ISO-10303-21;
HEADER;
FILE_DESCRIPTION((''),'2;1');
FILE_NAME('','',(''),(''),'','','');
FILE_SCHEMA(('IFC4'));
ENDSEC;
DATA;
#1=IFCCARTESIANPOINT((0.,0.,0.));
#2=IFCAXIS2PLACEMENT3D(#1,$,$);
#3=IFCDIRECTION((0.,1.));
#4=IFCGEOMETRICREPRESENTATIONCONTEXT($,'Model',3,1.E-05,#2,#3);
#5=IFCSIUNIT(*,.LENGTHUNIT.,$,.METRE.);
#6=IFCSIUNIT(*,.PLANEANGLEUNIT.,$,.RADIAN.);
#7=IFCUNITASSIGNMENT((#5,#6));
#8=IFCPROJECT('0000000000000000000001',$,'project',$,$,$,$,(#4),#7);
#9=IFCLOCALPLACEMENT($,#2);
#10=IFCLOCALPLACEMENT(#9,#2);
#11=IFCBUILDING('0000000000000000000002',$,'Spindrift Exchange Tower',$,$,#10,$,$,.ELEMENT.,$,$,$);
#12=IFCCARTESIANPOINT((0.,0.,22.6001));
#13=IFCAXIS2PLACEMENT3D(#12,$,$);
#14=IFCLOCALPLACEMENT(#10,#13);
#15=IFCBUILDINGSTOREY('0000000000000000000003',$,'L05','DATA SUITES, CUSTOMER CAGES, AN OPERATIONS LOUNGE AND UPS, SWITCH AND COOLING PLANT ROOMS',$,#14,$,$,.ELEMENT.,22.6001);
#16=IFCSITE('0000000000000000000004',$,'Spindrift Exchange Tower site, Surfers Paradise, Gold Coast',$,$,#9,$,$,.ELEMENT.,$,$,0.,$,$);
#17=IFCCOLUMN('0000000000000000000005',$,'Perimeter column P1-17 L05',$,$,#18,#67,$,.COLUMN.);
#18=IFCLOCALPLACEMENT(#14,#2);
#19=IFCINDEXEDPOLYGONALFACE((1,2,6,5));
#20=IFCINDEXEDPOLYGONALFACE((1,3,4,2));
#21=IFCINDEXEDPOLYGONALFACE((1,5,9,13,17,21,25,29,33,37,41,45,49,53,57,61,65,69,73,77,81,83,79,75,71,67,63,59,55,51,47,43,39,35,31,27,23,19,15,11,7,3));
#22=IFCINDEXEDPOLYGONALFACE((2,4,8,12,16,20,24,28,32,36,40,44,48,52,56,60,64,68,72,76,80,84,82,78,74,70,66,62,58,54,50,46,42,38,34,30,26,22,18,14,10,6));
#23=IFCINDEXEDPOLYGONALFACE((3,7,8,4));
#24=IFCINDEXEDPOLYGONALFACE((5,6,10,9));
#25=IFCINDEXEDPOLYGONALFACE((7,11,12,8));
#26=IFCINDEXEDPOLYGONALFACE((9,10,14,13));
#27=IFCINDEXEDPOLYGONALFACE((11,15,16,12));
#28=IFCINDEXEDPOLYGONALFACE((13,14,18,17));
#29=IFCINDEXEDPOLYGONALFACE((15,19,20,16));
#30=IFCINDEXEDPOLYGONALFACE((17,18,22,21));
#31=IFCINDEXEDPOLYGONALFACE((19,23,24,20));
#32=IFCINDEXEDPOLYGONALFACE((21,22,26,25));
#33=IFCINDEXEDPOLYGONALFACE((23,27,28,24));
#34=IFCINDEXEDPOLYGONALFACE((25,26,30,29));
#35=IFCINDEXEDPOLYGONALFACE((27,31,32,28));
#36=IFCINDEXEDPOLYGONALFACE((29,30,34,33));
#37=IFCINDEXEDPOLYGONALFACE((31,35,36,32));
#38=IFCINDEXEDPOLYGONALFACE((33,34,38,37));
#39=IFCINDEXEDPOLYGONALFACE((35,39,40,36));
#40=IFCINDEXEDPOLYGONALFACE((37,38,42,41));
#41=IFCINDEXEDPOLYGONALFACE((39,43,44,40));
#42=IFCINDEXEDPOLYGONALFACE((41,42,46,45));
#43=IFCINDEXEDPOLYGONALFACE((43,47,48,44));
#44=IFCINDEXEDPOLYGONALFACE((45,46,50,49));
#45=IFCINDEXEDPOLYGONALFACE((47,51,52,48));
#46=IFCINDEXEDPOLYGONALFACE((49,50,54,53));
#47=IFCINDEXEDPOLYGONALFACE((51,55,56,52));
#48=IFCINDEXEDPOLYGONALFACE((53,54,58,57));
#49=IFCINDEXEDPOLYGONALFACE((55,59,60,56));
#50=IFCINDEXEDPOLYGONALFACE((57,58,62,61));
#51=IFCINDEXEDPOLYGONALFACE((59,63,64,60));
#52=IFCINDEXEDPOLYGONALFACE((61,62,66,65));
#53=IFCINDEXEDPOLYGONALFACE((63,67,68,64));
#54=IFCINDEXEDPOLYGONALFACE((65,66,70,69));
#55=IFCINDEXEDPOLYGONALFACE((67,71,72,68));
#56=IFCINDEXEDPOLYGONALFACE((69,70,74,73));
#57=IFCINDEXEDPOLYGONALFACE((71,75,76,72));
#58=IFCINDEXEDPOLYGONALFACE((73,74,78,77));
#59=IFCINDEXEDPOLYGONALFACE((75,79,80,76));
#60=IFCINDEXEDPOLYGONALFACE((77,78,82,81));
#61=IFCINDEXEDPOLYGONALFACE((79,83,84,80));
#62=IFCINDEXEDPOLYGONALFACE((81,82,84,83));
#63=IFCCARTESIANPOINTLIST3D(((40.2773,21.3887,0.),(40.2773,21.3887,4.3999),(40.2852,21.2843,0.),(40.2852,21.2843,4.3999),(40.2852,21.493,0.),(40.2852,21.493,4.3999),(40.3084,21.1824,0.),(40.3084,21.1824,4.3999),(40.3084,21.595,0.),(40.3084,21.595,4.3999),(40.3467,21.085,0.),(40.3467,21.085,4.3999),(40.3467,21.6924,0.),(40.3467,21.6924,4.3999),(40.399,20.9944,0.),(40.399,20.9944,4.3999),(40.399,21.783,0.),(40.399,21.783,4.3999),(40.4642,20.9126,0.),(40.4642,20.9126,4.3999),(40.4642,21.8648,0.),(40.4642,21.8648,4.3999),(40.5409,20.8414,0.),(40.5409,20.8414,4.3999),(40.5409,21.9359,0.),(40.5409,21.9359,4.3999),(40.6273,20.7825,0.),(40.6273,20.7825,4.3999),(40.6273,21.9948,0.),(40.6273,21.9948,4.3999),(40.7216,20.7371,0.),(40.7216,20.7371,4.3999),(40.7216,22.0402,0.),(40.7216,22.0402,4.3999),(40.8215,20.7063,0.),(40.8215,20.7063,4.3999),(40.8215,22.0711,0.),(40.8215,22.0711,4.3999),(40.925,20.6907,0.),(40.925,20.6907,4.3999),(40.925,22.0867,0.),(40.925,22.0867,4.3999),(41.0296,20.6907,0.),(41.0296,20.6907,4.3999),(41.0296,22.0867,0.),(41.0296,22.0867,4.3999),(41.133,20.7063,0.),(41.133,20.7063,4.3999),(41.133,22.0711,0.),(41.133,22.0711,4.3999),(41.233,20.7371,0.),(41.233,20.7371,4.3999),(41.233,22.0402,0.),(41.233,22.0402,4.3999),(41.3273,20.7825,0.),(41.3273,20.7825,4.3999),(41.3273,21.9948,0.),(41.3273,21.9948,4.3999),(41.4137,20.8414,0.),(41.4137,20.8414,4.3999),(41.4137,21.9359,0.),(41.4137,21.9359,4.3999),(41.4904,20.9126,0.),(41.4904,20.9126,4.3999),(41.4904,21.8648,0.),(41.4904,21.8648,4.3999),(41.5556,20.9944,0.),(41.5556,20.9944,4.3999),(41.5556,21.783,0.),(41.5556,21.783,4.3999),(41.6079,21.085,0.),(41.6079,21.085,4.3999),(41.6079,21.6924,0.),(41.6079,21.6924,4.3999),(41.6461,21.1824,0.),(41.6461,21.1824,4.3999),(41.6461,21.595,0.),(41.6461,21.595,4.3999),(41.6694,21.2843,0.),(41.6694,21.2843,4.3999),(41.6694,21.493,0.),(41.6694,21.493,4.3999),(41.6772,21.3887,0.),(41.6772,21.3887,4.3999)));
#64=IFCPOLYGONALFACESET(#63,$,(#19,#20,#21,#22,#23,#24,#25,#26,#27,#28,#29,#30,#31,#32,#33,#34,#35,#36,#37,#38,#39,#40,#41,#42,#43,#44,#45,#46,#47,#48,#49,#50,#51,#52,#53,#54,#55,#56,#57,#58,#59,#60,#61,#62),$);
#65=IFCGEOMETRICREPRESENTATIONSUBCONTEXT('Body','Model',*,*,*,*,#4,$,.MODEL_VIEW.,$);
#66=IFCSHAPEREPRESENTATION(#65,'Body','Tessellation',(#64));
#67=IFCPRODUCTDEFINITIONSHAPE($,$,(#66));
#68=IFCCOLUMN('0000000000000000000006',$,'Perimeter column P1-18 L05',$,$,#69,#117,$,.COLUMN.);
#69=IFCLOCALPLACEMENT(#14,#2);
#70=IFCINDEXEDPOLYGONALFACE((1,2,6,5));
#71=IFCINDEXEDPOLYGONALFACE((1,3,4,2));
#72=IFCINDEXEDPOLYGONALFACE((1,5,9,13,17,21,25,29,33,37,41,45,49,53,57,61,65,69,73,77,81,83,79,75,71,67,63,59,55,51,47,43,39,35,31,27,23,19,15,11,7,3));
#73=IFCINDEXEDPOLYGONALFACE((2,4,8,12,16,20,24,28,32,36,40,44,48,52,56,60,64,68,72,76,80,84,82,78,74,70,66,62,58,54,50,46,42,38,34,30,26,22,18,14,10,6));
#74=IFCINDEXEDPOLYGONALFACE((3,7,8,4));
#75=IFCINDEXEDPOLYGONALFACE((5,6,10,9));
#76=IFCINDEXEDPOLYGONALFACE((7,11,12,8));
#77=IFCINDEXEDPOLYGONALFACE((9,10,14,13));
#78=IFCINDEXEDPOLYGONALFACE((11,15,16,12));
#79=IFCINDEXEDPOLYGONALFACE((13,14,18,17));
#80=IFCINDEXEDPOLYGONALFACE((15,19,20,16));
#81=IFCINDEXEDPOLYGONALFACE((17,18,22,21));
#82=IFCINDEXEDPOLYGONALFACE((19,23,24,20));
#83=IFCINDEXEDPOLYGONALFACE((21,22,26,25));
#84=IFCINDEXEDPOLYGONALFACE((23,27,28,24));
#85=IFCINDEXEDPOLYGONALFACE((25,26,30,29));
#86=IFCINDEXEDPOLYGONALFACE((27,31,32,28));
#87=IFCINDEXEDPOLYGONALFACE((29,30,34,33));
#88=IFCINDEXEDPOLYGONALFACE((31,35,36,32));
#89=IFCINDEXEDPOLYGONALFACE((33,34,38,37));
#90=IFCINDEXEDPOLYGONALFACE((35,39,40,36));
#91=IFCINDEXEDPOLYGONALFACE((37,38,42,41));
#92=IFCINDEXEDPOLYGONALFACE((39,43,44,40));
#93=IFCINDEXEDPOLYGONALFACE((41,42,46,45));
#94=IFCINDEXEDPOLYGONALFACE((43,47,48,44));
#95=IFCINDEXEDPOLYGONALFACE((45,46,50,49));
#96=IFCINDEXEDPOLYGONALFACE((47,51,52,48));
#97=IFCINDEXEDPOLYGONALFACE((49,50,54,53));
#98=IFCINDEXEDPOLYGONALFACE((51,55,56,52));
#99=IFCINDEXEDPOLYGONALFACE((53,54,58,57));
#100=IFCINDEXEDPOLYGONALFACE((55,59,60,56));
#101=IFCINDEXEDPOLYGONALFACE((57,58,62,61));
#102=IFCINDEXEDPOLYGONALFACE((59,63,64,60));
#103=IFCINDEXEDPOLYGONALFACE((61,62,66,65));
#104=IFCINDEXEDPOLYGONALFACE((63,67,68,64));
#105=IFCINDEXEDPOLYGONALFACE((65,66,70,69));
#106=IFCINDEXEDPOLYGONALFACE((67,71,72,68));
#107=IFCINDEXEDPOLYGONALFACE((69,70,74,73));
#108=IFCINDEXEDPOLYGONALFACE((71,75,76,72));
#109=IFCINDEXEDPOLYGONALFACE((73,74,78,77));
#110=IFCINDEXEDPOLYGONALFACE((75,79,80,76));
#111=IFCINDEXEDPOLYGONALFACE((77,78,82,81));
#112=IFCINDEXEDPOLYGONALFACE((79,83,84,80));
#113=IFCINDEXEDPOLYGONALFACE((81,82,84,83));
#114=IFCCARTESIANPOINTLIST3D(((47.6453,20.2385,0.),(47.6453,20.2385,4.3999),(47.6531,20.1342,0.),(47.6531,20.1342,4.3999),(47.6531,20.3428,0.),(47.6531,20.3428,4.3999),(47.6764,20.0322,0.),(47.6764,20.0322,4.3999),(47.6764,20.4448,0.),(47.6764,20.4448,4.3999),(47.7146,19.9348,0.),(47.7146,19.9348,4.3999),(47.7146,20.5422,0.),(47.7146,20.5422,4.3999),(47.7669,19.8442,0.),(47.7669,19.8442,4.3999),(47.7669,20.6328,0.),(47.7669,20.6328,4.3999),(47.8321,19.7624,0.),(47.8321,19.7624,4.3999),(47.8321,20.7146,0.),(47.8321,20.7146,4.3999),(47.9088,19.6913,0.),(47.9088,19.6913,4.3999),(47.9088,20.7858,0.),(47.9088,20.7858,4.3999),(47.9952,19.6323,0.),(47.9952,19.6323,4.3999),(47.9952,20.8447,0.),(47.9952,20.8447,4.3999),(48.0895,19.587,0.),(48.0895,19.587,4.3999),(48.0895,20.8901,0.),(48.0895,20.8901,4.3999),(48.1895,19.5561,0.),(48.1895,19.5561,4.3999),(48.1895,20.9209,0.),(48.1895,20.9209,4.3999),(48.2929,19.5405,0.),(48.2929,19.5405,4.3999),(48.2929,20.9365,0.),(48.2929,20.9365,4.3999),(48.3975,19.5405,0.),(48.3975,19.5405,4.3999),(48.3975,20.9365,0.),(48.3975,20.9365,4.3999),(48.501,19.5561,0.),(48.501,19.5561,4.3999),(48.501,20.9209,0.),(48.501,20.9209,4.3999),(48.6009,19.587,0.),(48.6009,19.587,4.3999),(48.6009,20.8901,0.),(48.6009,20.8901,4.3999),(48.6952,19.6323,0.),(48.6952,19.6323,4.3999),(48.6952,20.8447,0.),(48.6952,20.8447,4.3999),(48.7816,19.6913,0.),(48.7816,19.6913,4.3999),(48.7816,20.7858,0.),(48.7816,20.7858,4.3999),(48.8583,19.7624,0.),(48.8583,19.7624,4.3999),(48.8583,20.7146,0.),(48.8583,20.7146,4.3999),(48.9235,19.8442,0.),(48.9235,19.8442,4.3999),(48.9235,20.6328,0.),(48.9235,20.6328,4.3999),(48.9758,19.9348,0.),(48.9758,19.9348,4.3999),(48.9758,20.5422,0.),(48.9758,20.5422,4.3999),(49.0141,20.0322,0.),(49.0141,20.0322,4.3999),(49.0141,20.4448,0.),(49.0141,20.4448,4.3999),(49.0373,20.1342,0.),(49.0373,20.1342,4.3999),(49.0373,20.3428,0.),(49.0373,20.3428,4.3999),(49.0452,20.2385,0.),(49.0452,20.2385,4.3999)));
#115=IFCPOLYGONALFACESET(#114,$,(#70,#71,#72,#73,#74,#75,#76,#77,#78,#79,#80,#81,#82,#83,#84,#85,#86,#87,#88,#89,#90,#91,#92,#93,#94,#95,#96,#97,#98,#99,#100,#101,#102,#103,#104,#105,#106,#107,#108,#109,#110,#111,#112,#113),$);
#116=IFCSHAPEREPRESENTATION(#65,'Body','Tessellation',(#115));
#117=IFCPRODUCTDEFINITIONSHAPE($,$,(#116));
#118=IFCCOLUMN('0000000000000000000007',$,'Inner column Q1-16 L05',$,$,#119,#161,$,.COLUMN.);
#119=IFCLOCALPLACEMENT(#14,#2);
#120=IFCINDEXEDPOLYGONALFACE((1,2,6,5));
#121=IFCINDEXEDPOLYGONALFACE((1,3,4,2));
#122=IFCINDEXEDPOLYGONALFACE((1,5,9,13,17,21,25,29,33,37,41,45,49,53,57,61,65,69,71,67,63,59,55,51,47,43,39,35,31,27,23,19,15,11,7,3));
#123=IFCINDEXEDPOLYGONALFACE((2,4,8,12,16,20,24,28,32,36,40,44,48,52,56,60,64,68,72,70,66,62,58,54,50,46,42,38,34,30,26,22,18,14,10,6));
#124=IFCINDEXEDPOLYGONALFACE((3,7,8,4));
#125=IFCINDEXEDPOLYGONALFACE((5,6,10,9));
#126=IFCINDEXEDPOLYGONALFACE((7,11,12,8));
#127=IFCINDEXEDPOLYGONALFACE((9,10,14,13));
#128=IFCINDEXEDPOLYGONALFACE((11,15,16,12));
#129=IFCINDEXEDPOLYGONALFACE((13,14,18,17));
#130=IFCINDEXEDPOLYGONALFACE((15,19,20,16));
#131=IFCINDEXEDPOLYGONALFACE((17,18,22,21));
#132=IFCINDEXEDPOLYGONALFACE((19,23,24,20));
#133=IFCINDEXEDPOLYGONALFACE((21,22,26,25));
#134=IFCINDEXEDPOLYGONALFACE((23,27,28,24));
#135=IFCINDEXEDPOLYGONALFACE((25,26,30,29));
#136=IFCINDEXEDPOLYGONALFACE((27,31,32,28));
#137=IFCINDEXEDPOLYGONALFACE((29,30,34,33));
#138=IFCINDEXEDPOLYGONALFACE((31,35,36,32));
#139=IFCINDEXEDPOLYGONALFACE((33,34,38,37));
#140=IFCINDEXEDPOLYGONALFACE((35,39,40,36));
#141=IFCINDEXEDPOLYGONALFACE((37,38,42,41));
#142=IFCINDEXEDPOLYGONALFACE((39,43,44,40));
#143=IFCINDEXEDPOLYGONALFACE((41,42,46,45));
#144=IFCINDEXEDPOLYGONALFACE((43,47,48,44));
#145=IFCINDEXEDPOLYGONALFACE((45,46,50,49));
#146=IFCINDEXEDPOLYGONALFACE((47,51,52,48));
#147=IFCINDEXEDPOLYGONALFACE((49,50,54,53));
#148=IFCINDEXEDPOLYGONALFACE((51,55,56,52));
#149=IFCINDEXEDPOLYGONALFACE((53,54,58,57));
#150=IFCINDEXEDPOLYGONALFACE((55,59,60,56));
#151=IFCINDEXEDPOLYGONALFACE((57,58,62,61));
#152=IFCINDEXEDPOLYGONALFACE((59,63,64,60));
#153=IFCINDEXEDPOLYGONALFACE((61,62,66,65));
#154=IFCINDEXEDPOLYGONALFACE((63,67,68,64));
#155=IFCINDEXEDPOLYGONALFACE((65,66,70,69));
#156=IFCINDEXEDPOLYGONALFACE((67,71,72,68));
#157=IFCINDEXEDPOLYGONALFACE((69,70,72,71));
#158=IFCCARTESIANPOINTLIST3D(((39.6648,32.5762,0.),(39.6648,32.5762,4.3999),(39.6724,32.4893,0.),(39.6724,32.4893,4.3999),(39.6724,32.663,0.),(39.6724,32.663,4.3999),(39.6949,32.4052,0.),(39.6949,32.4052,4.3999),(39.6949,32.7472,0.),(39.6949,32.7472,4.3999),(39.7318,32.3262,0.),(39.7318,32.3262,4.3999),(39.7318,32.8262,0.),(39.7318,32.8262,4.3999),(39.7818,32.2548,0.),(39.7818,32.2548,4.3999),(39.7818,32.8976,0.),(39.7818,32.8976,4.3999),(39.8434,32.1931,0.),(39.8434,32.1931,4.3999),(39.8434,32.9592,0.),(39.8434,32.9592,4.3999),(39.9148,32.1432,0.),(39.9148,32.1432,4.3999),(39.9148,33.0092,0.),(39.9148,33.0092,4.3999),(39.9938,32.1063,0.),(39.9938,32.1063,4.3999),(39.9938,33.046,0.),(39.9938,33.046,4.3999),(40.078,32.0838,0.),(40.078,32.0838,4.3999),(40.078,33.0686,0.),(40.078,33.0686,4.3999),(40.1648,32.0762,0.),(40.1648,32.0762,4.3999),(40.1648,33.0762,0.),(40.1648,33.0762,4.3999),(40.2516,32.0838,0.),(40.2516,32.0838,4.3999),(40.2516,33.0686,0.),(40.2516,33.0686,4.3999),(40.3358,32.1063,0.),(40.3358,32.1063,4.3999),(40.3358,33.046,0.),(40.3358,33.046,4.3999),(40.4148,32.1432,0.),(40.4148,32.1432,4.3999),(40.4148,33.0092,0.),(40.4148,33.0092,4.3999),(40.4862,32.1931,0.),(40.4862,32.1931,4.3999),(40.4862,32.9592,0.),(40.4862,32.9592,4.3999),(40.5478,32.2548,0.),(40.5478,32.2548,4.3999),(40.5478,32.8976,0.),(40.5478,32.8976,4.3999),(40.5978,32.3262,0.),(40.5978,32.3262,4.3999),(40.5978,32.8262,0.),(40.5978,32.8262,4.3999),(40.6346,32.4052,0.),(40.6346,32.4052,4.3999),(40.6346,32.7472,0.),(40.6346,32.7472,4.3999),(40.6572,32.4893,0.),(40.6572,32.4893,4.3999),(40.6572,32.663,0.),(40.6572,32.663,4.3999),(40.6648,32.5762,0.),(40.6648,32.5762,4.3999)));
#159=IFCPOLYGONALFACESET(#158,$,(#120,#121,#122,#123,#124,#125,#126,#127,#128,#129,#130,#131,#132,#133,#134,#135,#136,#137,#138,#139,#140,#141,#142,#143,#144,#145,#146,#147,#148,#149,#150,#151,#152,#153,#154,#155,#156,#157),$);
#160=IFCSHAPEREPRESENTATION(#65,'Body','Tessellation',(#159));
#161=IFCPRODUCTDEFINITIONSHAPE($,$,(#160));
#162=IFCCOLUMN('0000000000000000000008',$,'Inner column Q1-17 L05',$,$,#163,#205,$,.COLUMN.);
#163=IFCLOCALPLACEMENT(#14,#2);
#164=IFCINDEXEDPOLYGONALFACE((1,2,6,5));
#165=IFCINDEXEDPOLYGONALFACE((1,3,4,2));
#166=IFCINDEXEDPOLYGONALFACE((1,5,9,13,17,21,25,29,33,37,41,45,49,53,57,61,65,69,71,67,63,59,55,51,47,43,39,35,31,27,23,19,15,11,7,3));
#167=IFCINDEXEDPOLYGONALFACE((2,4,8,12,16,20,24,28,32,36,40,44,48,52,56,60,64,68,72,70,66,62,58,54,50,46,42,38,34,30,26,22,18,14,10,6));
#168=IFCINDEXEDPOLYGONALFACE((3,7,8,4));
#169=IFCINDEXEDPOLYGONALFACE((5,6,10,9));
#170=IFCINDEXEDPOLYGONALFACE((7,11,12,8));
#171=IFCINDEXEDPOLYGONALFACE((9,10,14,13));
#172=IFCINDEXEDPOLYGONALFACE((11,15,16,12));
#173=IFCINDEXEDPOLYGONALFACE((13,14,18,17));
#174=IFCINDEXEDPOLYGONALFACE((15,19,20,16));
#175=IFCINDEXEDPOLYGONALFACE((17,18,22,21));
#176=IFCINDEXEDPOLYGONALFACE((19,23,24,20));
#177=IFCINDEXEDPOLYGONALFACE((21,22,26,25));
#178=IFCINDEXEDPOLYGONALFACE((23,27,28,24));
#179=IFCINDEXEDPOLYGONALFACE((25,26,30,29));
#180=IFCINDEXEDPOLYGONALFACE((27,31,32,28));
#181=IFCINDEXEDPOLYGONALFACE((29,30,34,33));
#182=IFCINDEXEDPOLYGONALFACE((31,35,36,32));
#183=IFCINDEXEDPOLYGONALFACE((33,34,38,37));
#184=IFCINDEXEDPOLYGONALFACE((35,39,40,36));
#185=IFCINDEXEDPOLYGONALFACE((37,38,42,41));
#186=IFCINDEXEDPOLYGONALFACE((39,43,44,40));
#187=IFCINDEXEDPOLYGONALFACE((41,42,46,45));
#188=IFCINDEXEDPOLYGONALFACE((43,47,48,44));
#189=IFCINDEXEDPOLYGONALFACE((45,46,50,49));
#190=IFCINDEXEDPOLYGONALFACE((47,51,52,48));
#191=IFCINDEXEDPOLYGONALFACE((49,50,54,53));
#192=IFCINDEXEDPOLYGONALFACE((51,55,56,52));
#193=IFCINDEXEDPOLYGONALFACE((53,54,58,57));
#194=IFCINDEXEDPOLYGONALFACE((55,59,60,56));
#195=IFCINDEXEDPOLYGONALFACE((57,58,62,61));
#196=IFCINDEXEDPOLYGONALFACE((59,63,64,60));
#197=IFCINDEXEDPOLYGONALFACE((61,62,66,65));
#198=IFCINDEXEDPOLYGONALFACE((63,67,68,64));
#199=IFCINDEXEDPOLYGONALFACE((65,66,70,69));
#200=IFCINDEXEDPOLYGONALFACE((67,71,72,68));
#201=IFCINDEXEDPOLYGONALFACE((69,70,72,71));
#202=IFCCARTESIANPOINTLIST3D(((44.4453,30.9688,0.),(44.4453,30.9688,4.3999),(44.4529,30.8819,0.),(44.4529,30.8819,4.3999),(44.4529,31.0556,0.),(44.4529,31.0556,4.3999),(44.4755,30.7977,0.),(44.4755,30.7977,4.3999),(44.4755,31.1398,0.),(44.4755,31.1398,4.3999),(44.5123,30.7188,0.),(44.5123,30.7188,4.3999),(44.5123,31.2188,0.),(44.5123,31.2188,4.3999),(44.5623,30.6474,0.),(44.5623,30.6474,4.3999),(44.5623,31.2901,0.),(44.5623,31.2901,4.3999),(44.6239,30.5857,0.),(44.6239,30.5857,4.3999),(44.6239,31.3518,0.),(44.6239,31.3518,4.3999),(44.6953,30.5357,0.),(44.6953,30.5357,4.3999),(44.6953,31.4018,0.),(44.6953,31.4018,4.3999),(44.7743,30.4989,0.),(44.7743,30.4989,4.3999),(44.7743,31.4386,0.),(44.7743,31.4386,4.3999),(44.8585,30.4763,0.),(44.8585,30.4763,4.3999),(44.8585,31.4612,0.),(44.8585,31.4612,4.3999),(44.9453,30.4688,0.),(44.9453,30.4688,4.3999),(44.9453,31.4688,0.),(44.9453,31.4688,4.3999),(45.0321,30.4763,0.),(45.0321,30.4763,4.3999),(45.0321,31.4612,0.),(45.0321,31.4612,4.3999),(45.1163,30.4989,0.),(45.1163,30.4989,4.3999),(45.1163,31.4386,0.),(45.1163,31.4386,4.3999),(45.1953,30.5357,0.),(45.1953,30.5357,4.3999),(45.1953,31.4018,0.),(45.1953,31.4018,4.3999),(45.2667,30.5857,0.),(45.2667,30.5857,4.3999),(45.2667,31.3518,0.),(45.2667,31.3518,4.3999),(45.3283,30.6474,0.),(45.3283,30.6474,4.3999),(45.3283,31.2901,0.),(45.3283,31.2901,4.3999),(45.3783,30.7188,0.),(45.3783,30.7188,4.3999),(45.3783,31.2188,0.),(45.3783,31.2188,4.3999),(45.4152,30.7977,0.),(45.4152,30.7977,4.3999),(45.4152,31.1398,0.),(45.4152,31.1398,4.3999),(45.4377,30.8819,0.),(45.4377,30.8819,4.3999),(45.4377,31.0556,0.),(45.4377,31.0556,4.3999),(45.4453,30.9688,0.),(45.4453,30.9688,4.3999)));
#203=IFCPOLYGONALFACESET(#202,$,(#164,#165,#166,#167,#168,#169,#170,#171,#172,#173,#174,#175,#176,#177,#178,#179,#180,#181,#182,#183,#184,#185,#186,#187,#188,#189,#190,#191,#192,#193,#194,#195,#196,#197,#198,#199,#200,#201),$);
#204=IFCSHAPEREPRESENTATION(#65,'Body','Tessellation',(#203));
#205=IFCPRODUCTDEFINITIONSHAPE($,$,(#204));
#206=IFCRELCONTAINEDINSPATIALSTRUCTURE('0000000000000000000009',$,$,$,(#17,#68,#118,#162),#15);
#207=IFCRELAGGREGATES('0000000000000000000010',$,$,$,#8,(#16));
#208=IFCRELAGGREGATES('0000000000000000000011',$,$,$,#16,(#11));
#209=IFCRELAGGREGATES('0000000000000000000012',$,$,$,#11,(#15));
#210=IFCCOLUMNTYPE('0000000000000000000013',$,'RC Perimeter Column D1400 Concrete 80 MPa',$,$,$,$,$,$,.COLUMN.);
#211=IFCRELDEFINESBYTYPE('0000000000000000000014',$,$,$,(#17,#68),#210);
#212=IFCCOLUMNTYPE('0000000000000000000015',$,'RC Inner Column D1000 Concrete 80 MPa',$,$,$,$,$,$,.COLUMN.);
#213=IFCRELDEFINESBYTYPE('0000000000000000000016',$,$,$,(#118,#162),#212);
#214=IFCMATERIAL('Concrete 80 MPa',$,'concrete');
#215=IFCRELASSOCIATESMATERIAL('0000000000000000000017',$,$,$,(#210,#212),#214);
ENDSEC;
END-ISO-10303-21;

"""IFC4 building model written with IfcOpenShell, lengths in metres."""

from ifc_helpers import new_model, si_unit, direction, frame, origin, origin_2d, place, context, subcontext, project, spatial, circle, extrude, source, transform, mapped, material, material_profile, profile_set, type_object, element, save


model = new_model("IFC4")

# Units and contexts
model_context = context("Model", 3, precision=1e-05, world=origin(), true_north=direction((0.0, 1.0)))
body_context = subcontext(model_context, "Body", "Model", "MODEL_VIEW")
ifc_project = project(units=[si_unit("LENGTHUNIT", "METRE"), si_unit("PLANEANGLEUNIT", "RADIAN")], contexts=[model_context])

# Site, building, storey
site_placement = place(None, origin())
site = spatial("IfcSite", under=ifc_project, at=site_placement, Name="Spindrift Exchange Tower site, Surfers Paradise, Gold Coast", CompositionType="ELEMENT", RefElevation=0.0)
building_placement = place(site_placement, origin())
building = spatial("IfcBuilding", under=site, at=building_placement, Name="Spindrift Exchange Tower", CompositionType="ELEMENT")
storey_placement = place(building_placement, frame((0.0, 0.0, 22.6001)))
storey = spatial("IfcBuildingStorey", under=building, at=storey_placement, Name="L05", Description="DATA SUITES, CUSTOMER CAGES, AN OPERATIONS LOUNGE AND UPS, SWITCH AND COOLING PLANT ROOMS", CompositionType="ELEMENT", Elevation=22.6001)

# Columns
ifc_material_1 = material(Name="Concrete 80 MPa", Category="concrete")
ifc_material_profile_1 = material_profile(ifc_material_1, circle(Radius=0.7, at=origin_2d()), Name="RC D1400")
ifc_profile_set_1 = profile_set([ifc_material_profile_1], Name="Concrete 80 MPa")
column_type_1 = type_object("IfcColumnType", Name="RC Perimeter Column D1400 Concrete 80 MPa", PredefinedType="COLUMN", material=ifc_profile_set_1)
shared_shape_1 = source(origin(), body_context, "Body", "SweptSolid", [
    extrude(circle(Radius=0.7, at=origin_2d()), origin(), (0.0, 0.0, 1.0), 4.3999),
])
for number, where, z_axis, x_axis, name in (
    (1, (40.9773, 21.3887, 0.0), (0.0, 0.0, 1.0), (1.0, 0.0, 0.0), "Perimeter column P1-17 L05"),
    (2, (48.3452, 20.2385, 0.0), (0.0, 0.0, 1.0), (1.0, 0.0, 0.0), "Perimeter column P1-18 L05"),
):
    element("IfcColumn", number, at=place(storey_placement, frame(where, z_axis=z_axis, x_axis=x_axis)), inside=storey, type_object=column_type_1, Name=name, PredefinedType="COLUMN", context=body_context, shape_type="MappedRepresentation", body=[
        mapped(shared_shape_1, transform((0.0, 0.0, 0.0), scale=1.0)),
    ])
ifc_material_profile_2 = material_profile(ifc_material_1, circle(Radius=0.5, at=origin_2d()), Name="RC D1000")
ifc_profile_set_2 = profile_set([ifc_material_profile_2], Name="Concrete 80 MPa")
column_type_2 = type_object("IfcColumnType", Name="RC Inner Column D1000 Concrete 80 MPa", PredefinedType="COLUMN", material=ifc_profile_set_2)
shared_shape_2 = source(origin(), body_context, "Body", "SweptSolid", [
    extrude(circle(Radius=0.5, at=origin_2d()), origin(), (0.0, 0.0, 1.0), 4.3999),
])
for number, where, z_axis, x_axis, name in (
    (3, (40.1648, 32.5762, 0.0), (0.0, 0.0, 1.0), (1.0, 0.0, 0.0), "Inner column Q1-16 L05"),
    (4, (44.9453, 30.9688, 0.0), (0.0, 0.0, 1.0), (1.0, 0.0, 0.0), "Inner column Q1-17 L05"),
):
    element("IfcColumn", number, at=place(storey_placement, frame(where, z_axis=z_axis, x_axis=x_axis)), inside=storey, type_object=column_type_2, Name=name, PredefinedType="COLUMN", context=body_context, shape_type="MappedRepresentation", body=[
        mapped(shared_shape_2, transform((0.0, 0.0, 0.0), scale=1.0)),
    ])

save(model, "model.ifc")
